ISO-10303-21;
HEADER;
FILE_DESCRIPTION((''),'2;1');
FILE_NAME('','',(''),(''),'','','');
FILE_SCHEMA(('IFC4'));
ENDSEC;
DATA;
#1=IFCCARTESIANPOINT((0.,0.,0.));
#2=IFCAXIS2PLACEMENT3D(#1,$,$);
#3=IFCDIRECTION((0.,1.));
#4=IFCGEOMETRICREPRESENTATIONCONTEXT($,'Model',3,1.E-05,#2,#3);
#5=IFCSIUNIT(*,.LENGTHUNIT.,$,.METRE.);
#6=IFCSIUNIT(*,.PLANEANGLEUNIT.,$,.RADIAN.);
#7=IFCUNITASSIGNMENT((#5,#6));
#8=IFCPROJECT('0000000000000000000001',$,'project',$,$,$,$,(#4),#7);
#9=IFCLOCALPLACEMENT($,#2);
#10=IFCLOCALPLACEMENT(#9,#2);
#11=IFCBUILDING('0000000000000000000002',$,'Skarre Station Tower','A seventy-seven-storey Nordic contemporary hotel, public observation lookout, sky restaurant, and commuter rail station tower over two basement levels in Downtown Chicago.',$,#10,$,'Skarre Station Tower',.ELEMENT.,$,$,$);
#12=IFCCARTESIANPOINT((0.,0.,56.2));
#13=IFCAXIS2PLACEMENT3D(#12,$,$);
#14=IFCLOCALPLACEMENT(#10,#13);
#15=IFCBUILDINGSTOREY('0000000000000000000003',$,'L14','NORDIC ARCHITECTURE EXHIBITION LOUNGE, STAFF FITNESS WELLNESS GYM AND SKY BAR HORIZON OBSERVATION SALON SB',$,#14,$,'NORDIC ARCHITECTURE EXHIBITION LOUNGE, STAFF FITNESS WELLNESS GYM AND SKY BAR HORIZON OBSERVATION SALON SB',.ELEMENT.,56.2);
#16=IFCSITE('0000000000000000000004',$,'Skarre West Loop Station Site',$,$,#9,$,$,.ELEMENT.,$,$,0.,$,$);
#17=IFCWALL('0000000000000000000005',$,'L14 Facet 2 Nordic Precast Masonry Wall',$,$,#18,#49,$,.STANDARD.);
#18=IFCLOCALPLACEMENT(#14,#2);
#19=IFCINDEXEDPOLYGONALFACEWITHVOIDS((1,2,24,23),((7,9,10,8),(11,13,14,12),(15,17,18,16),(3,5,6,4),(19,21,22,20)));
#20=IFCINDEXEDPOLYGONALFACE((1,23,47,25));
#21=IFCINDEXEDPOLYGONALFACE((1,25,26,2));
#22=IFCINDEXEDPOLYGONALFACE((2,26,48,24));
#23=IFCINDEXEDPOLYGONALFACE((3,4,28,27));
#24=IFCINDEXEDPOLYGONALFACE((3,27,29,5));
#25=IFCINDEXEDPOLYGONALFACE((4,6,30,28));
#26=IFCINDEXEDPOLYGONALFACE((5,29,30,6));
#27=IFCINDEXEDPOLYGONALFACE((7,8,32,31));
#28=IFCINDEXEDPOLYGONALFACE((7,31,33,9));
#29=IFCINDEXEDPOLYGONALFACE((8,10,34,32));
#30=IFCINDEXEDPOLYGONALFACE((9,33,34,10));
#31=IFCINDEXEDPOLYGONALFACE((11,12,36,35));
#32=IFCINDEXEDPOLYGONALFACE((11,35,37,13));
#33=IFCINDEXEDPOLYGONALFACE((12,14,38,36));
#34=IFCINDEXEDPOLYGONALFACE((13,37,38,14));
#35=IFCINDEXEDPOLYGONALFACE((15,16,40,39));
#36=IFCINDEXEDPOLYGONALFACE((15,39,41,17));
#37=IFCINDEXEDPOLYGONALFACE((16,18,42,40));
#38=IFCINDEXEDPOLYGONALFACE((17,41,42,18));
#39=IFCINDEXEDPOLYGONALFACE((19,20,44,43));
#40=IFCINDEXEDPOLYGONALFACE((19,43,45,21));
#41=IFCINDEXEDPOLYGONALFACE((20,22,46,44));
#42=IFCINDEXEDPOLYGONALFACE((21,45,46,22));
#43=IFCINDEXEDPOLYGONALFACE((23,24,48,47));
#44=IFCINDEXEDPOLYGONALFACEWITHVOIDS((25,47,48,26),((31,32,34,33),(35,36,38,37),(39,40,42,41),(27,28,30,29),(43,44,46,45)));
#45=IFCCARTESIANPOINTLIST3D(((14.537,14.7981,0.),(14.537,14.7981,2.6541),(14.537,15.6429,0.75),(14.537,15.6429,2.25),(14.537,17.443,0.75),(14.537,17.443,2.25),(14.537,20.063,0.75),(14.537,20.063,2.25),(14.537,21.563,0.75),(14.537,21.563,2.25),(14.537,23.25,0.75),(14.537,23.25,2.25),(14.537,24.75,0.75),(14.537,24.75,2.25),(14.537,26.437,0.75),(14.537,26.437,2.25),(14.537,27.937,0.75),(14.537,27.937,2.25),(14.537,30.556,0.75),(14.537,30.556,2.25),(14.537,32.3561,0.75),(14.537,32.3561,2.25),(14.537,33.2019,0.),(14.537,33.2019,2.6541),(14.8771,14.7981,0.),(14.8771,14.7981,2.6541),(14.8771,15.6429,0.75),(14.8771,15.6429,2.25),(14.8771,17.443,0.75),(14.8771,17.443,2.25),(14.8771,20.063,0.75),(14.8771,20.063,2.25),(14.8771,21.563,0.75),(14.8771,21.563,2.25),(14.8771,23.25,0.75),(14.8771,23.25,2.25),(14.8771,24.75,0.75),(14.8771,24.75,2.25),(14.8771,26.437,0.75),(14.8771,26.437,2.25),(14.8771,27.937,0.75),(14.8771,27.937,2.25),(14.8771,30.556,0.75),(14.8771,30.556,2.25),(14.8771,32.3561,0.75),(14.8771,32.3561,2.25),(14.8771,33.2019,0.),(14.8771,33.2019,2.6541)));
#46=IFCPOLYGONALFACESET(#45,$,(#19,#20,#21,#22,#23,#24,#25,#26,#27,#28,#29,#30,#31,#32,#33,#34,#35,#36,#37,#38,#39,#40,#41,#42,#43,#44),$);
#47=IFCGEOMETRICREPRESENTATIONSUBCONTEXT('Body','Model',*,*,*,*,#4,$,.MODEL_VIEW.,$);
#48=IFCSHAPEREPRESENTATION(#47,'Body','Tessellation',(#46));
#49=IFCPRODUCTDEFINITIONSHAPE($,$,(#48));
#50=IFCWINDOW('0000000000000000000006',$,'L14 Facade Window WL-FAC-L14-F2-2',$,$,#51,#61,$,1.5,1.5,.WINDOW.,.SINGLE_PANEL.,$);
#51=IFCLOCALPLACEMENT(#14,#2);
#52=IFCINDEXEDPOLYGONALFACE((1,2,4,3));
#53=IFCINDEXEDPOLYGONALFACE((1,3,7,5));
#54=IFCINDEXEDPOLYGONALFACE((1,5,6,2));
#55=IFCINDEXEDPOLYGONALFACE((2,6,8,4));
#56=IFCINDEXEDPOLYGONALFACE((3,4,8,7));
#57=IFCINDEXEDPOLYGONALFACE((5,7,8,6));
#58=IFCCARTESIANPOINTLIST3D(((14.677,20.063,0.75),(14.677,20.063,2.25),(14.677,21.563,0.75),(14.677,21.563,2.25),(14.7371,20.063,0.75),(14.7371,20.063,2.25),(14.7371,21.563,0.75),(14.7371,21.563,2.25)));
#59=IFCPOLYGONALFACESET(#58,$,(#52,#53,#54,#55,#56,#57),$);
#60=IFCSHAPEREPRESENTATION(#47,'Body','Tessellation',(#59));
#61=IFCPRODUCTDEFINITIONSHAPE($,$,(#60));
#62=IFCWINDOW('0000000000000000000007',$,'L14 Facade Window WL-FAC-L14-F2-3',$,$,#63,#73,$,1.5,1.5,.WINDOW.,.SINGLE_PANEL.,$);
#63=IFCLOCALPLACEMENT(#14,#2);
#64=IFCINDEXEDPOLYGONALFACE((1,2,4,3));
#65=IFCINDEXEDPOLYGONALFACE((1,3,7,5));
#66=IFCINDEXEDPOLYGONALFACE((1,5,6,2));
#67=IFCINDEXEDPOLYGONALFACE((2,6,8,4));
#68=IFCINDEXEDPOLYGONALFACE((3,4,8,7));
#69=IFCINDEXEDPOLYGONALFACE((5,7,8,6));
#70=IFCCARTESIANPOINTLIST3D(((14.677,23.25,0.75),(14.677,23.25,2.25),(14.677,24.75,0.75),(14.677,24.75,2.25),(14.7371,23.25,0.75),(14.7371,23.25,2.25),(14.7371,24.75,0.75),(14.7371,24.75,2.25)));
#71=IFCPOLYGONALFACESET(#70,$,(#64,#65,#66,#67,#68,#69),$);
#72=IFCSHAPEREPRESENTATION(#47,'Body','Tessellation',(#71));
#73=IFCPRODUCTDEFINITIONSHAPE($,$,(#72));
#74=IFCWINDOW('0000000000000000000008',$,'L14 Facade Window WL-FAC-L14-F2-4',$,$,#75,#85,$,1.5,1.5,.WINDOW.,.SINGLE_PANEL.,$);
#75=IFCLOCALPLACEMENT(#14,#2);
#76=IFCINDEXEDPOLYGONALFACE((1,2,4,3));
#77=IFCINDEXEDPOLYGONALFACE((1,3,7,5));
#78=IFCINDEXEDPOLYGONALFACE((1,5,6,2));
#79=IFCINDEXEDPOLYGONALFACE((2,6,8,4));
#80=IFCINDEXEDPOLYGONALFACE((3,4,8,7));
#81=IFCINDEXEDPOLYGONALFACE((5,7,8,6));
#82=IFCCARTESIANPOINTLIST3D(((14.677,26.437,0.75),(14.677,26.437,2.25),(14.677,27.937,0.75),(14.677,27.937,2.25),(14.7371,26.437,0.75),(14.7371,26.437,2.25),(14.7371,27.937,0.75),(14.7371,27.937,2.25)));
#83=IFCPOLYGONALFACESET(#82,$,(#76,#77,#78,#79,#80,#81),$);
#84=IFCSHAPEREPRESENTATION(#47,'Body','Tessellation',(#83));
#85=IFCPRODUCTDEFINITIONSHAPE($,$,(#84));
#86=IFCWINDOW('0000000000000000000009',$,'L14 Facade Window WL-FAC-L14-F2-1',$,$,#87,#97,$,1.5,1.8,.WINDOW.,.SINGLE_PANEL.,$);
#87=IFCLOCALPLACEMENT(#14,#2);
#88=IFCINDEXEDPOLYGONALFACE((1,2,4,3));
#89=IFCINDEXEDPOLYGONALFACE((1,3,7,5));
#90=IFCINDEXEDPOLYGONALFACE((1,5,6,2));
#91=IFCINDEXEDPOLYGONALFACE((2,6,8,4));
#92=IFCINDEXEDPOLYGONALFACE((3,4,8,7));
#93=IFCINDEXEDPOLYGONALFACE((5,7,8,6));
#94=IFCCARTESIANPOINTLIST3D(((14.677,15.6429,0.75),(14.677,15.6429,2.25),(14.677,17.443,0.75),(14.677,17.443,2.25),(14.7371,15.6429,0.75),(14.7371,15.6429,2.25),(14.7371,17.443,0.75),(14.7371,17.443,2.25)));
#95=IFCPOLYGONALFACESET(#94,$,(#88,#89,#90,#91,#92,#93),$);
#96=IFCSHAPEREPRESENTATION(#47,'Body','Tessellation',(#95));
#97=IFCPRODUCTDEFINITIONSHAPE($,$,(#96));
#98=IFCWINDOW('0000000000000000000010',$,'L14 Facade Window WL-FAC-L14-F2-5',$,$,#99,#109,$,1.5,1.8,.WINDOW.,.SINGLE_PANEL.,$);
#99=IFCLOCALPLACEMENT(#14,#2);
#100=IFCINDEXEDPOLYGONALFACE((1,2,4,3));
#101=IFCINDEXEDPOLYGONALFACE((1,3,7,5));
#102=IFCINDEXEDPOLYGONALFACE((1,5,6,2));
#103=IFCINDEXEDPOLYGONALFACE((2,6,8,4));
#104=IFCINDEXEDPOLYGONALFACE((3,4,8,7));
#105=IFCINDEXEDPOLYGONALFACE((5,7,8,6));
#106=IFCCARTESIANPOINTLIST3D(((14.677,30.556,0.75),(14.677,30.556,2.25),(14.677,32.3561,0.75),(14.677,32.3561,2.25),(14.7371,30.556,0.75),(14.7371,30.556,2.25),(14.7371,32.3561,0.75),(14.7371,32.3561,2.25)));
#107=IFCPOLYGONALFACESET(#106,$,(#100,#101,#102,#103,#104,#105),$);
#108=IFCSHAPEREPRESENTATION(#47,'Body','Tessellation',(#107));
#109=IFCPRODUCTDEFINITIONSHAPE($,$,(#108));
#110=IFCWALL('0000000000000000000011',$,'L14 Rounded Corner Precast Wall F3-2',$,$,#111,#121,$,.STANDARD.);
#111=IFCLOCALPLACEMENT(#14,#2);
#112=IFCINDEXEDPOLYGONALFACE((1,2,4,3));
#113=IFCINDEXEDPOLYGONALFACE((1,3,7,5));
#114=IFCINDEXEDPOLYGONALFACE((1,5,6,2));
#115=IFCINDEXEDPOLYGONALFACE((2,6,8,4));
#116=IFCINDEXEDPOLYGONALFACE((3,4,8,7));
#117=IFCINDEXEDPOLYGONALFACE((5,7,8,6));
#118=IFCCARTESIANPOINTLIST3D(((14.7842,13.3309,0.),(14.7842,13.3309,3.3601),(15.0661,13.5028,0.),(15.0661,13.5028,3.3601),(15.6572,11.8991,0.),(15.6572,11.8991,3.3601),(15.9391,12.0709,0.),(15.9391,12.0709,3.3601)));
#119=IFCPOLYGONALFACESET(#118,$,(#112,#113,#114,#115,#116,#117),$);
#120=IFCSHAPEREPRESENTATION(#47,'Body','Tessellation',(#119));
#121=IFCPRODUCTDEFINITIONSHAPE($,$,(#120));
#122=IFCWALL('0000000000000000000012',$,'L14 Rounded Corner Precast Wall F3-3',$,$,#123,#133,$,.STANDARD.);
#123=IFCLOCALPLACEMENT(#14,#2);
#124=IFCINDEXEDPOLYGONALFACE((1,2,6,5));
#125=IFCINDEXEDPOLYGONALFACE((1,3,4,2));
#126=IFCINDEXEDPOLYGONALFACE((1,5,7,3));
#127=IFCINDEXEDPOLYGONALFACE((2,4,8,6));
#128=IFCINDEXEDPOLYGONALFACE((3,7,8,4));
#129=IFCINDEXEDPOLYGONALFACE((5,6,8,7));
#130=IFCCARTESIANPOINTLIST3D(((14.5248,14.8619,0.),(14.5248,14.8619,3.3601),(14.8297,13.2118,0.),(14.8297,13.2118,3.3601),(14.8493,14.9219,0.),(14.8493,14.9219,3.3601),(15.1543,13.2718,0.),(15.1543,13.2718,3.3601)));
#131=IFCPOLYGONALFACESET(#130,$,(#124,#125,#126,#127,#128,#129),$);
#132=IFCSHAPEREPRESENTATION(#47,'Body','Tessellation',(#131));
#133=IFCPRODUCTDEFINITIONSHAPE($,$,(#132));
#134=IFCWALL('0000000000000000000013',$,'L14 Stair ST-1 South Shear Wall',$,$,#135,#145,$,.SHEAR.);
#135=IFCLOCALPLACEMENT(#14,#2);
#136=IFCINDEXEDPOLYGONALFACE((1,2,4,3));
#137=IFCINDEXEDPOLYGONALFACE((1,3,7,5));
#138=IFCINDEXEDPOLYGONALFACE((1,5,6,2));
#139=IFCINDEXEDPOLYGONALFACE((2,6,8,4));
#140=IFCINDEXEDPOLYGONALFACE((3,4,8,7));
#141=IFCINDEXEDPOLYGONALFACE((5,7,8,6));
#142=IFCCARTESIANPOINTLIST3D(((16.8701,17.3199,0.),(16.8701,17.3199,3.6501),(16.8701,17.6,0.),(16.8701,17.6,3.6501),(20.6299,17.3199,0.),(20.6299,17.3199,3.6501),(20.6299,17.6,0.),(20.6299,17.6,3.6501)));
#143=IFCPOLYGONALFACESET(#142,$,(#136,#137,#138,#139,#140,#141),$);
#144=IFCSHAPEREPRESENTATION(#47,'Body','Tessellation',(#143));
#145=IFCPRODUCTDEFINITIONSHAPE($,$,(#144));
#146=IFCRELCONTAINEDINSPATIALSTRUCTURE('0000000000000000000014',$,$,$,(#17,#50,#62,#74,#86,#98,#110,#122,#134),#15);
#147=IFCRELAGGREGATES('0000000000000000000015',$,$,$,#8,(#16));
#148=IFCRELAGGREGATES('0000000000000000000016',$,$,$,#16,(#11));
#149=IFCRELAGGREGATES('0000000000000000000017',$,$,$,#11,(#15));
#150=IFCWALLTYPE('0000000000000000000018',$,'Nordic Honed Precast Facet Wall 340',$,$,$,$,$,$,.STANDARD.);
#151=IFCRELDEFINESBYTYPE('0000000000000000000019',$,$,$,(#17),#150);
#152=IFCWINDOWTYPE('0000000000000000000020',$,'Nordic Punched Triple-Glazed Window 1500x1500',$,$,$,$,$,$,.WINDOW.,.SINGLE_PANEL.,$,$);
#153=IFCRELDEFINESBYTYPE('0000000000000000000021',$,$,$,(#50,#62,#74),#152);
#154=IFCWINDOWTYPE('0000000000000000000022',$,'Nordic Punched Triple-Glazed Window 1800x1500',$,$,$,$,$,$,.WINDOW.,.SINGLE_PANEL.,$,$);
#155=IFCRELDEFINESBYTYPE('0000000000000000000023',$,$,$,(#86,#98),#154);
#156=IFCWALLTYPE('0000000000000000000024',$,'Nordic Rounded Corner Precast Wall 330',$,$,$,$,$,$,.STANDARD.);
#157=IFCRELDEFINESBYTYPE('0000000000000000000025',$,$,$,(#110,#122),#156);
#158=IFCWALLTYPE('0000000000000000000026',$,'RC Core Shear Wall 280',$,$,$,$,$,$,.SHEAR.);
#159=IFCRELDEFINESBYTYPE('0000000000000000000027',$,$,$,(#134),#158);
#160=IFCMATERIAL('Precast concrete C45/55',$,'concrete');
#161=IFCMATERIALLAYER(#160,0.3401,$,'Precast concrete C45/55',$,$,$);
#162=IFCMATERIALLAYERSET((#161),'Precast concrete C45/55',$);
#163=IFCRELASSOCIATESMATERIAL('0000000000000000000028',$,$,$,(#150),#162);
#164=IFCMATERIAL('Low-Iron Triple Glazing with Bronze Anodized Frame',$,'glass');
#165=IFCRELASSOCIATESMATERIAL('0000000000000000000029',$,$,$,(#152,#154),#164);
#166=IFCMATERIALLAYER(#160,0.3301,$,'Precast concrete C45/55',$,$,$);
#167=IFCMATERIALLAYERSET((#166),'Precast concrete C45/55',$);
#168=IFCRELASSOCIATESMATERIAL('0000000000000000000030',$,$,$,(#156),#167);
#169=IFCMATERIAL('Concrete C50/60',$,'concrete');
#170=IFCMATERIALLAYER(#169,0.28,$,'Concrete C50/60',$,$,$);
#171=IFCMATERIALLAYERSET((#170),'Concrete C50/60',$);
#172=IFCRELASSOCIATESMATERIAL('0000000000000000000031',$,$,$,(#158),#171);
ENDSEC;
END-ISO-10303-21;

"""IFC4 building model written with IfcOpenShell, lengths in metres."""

from ifc_helpers import new_model, si_unit, direction, frame, frame_2d, origin, place, context, subcontext, project, spatial, rectangle, extrude, material, layer, layer_set, type_object, element, fill, save


model = new_model("IFC4")

# Units and contexts
model_context = context("Model", 3, precision=1e-05, world=origin(), true_north=direction((0.0, 1.0)))
body_context = subcontext(model_context, "Body", "Model", "MODEL_VIEW")
ifc_project = project(units=[si_unit("LENGTHUNIT", "METRE"), si_unit("PLANEANGLEUNIT", "RADIAN")], contexts=[model_context])

# Site, building, storey
site_placement = place(None, origin())
site = spatial("IfcSite", under=ifc_project, at=site_placement, Name="Skarre West Loop Station Site", CompositionType="ELEMENT", RefElevation=0.0)
building_placement = place(site_placement, origin())
building = spatial("IfcBuilding", under=site, at=building_placement, Name="Skarre Station Tower", Description="A seventy-seven-storey Nordic contemporary hotel, public observation lookout, sky restaurant, and commuter rail station tower over two basement levels in Downtown Chicago.", LongName="Skarre Station Tower", CompositionType="ELEMENT")
storey_placement = place(building_placement, frame((0.0, 0.0, 56.2)))
storey = spatial("IfcBuildingStorey", under=building, at=storey_placement, Name="L14", Description="NORDIC ARCHITECTURE EXHIBITION LOUNGE, STAFF FITNESS WELLNESS GYM AND SKY BAR HORIZON OBSERVATION SALON SB", LongName="NORDIC ARCHITECTURE EXHIBITION LOUNGE, STAFF FITNESS WELLNESS GYM AND SKY BAR HORIZON OBSERVATION SALON SB", CompositionType="ELEMENT", Elevation=56.2)

# Shared definitions
ifc_material_1 = material(Name="Concrete C50/60", Category="concrete")

# Wall, openings, windows
ifc_material_2 = material(Name="Precast concrete C45/55", Category="concrete")
ifc_layer_1 = layer(ifc_material_2, 0.3401, Name="Precast concrete C45/55")
ifc_layer_set_1 = layer_set([ifc_layer_1], Name="Precast concrete C45/55")
wall_type_1 = type_object("IfcWallType", Name="Nordic Honed Precast Facet Wall 340", PredefinedType="STANDARD", material=ifc_layer_set_1)
wall_1_placement = place(storey_placement, frame((14.707, 14.7981, 0.0), z_axis=(0.0, 0.0, 1.0), x_axis=(0.0, 1.0, 0.0)))
wall_1 = element("IfcWall", 1, at=wall_1_placement, inside=storey, type_object=wall_type_1, Name="L14 Facet 2 Nordic Precast Masonry Wall", PredefinedType="STANDARD", context=body_context, shape_type="SweptSolid", body=[
    extrude(rectangle(XDim=18.4038, YDim=0.3401, at=frame_2d((9.2019, 0.0))), origin(), (0.0, 0.0, 1.0), 2.6541),
])
opening_1_placement = place(wall_1_placement, frame((0.845, 0.0, 0.75)))
opening_1 = element("IfcOpeningElement", 2, at=opening_1_placement, cuts=wall_1, PredefinedType="OPENING", context=body_context, shape_type="SweptSolid", body=[
    extrude(rectangle(XDim=1.8, YDim=1.5, at=frame_2d((0.8999, 0.75))), frame((0.0, 0.1799, 0.0), z_axis=(0.0, -1.0, 0.0), x_axis=(1.0, 0.0, 0.0)), (0.0, 0.0, 1.0), 0.3601),
])
opening_2_placement = place(wall_1_placement, frame((5.2649, 0.0, 0.75)))
opening_2 = element("IfcOpeningElement", 3, at=opening_2_placement, cuts=wall_1, PredefinedType="OPENING", context=body_context, shape_type="SweptSolid", body=[
    extrude(rectangle(XDim=1.5, YDim=1.5, at=frame_2d((0.75, 0.75))), frame((0.0, 0.1799, 0.0), z_axis=(0.0, -1.0, 0.0), x_axis=(1.0, 0.0, 0.0)), (0.0, 0.0, 1.0), 0.3601),
])
opening_3_placement = place(wall_1_placement, frame((8.4519, 0.0, 0.75)))
opening_3 = element("IfcOpeningElement", 4, at=opening_3_placement, cuts=wall_1, PredefinedType="OPENING", context=body_context, shape_type="SweptSolid", body=[
    extrude(rectangle(XDim=1.5, YDim=1.5, at=frame_2d((0.75, 0.75))), frame((0.0, 0.1799, 0.0), z_axis=(0.0, -1.0, 0.0), x_axis=(1.0, 0.0, 0.0)), (0.0, 0.0, 1.0), 0.3601),
])
opening_4_placement = place(wall_1_placement, frame((11.6389, 0.0, 0.75)))
opening_4 = element("IfcOpeningElement", 5, at=opening_4_placement, cuts=wall_1, PredefinedType="OPENING", context=body_context, shape_type="SweptSolid", body=[
    extrude(rectangle(XDim=1.5, YDim=1.5, at=frame_2d((0.75, 0.75))), frame((0.0, 0.1799, 0.0), z_axis=(0.0, -1.0, 0.0), x_axis=(1.0, 0.0, 0.0)), (0.0, 0.0, 1.0), 0.3601),
])
opening_5_placement = place(wall_1_placement, frame((15.7581, 0.0, 0.75)))
opening_5 = element("IfcOpeningElement", 6, at=opening_5_placement, cuts=wall_1, PredefinedType="OPENING", context=body_context, shape_type="SweptSolid", body=[
    extrude(rectangle(XDim=1.8, YDim=1.5, at=frame_2d((0.8999, 0.75))), frame((0.0, 0.1799, 0.0), z_axis=(0.0, -1.0, 0.0), x_axis=(1.0, 0.0, 0.0)), (0.0, 0.0, 1.0), 0.3601),
])
ifc_material_3 = material(Name="Low-Iron Triple Glazing with Bronze Anodized Frame", Category="glass")
window_type_1 = type_object("IfcWindowType", Name="Nordic Punched Triple-Glazed Window 1500x1500", PartitioningType="SINGLE_PANEL", PredefinedType="WINDOW", material=ifc_material_3)
window_1_placement = place(opening_2_placement, origin())
window_1 = element("IfcWindow", 7, at=window_1_placement, inside=storey, type_object=window_type_1, Name="L14 Facade Window WL-FAC-L14-F2-2", OverallHeight=1.5, OverallWidth=1.5, PartitioningType="SINGLE_PANEL", PredefinedType="WINDOW", context=body_context, shape_type="SweptSolid", body=[
    extrude(rectangle(XDim=1.5, YDim=1.5, at=frame_2d((0.75, 0.75))), frame((0.0, 0.03, 0.0), z_axis=(0.0, -1.0, 0.0), x_axis=(1.0, 0.0, 0.0)), (0.0, 0.0, 1.0), 0.0601),
])
fill(opening_2, window_1)
window_2_placement = place(opening_3_placement, origin())
window_2 = element("IfcWindow", 8, at=window_2_placement, inside=storey, type_object=window_type_1, Name="L14 Facade Window WL-FAC-L14-F2-3", OverallHeight=1.5, OverallWidth=1.5, PartitioningType="SINGLE_PANEL", PredefinedType="WINDOW", context=body_context, shape_type="SweptSolid", body=[
    extrude(rectangle(XDim=1.5, YDim=1.5, at=frame_2d((0.75, 0.75))), frame((0.0, 0.03, 0.0), z_axis=(0.0, -1.0, 0.0), x_axis=(1.0, 0.0, 0.0)), (0.0, 0.0, 1.0), 0.0601),
])
fill(opening_3, window_2)
window_3_placement = place(opening_4_placement, origin())
window_3 = element("IfcWindow", 9, at=window_3_placement, inside=storey, type_object=window_type_1, Name="L14 Facade Window WL-FAC-L14-F2-4", OverallHeight=1.5, OverallWidth=1.5, PartitioningType="SINGLE_PANEL", PredefinedType="WINDOW", context=body_context, shape_type="SweptSolid", body=[
    extrude(rectangle(XDim=1.5, YDim=1.5, at=frame_2d((0.75, 0.75))), frame((0.0, 0.03, 0.0), z_axis=(0.0, -1.0, 0.0), x_axis=(1.0, 0.0, 0.0)), (0.0, 0.0, 1.0), 0.0601),
])
fill(opening_4, window_3)
window_type_2 = type_object("IfcWindowType", Name="Nordic Punched Triple-Glazed Window 1800x1500", PartitioningType="SINGLE_PANEL", PredefinedType="WINDOW", material=ifc_material_3)
window_4_placement = place(opening_1_placement, origin())
window_4 = element("IfcWindow", 10, at=window_4_placement, inside=storey, type_object=window_type_2, Name="L14 Facade Window WL-FAC-L14-F2-1", OverallHeight=1.5, OverallWidth=1.8, PartitioningType="SINGLE_PANEL", PredefinedType="WINDOW", context=body_context, shape_type="SweptSolid", body=[
    extrude(rectangle(XDim=1.8, YDim=1.5, at=frame_2d((0.8999, 0.75))), frame((0.0, 0.03, 0.0), z_axis=(0.0, -1.0, 0.0), x_axis=(1.0, 0.0, 0.0)), (0.0, 0.0, 1.0), 0.0601),
])
fill(opening_1, window_4)
window_5_placement = place(opening_5_placement, origin())
window_5 = element("IfcWindow", 11, at=window_5_placement, inside=storey, type_object=window_type_2, Name="L14 Facade Window WL-FAC-L14-F2-5", OverallHeight=1.5, OverallWidth=1.8, PartitioningType="SINGLE_PANEL", PredefinedType="WINDOW", context=body_context, shape_type="SweptSolid", body=[
    extrude(rectangle(XDim=1.8, YDim=1.5, at=frame_2d((0.8999, 0.75))), frame((0.0, 0.03, 0.0), z_axis=(0.0, -1.0, 0.0), x_axis=(1.0, 0.0, 0.0)), (0.0, 0.0, 1.0), 0.0601),
])
fill(opening_5, window_5)

# Walls
ifc_layer_2 = layer(ifc_material_2, 0.3301, Name="Precast concrete C45/55")
ifc_layer_set_2 = layer_set([ifc_layer_2], Name="Precast concrete C45/55")
wall_type_2 = type_object("IfcWallType", Name="Nordic Rounded Corner Precast Wall 330", PredefinedType="STANDARD", material=ifc_layer_set_2)
wall_2_placement = place(storey_placement, frame((15.7981, 11.9851, 0.0), z_axis=(0.0, 0.0, 1.0), x_axis=(-0.520584, 0.85381, 0.0)))
element("IfcWall", 12, at=wall_2_placement, inside=storey, type_object=wall_type_2, Name="L14 Rounded Corner Precast Wall F3-2", PredefinedType="STANDARD", context=body_context, shape_type="SweptSolid", body=[
    extrude(rectangle(XDim=1.677, YDim=0.3301, at=frame_2d((0.8384, 0.0))), origin(), (0.0, 0.0, 1.0), 3.3601),
])
wall_3_placement = place(storey_placement, frame((14.9919, 13.2419, 0.0), z_axis=(0.0, 0.0, 1.0), x_axis=(-0.181714, 0.983351, 0.0)))
element("IfcWall", 13, at=wall_3_placement, inside=storey, type_object=wall_type_2, Name="L14 Rounded Corner Precast Wall F3-3", PredefinedType="STANDARD", context=body_context, shape_type="SweptSolid", body=[
    extrude(rectangle(XDim=1.678, YDim=0.3301, at=frame_2d((0.8389, 0.0))), origin(), (0.0, 0.0, 1.0), 3.3601),
])
ifc_layer_3 = layer(ifc_material_1, 0.28, Name="Concrete C50/60")
ifc_layer_set_3 = layer_set([ifc_layer_3], Name="Concrete C50/60")
wall_type_3 = type_object("IfcWallType", Name="RC Core Shear Wall 280", PredefinedType="SHEAR", material=ifc_layer_set_3)
wall_4_placement = place(storey_placement, frame((16.8701, 17.46, 0.0), z_axis=(0.0, 0.0, 1.0), x_axis=(1.0, 0.0, 0.0)))
element("IfcWall", 14, at=wall_4_placement, inside=storey, type_object=wall_type_3, Name="L14 Stair ST-1 South Shear Wall", PredefinedType="SHEAR", context=body_context, shape_type="SweptSolid", body=[
    extrude(rectangle(XDim=3.7598, YDim=0.28, at=frame_2d((1.8799, 0.0))), origin(), (0.0, 0.0, 1.0), 3.6501),
])

save(model, "model.ifc")
